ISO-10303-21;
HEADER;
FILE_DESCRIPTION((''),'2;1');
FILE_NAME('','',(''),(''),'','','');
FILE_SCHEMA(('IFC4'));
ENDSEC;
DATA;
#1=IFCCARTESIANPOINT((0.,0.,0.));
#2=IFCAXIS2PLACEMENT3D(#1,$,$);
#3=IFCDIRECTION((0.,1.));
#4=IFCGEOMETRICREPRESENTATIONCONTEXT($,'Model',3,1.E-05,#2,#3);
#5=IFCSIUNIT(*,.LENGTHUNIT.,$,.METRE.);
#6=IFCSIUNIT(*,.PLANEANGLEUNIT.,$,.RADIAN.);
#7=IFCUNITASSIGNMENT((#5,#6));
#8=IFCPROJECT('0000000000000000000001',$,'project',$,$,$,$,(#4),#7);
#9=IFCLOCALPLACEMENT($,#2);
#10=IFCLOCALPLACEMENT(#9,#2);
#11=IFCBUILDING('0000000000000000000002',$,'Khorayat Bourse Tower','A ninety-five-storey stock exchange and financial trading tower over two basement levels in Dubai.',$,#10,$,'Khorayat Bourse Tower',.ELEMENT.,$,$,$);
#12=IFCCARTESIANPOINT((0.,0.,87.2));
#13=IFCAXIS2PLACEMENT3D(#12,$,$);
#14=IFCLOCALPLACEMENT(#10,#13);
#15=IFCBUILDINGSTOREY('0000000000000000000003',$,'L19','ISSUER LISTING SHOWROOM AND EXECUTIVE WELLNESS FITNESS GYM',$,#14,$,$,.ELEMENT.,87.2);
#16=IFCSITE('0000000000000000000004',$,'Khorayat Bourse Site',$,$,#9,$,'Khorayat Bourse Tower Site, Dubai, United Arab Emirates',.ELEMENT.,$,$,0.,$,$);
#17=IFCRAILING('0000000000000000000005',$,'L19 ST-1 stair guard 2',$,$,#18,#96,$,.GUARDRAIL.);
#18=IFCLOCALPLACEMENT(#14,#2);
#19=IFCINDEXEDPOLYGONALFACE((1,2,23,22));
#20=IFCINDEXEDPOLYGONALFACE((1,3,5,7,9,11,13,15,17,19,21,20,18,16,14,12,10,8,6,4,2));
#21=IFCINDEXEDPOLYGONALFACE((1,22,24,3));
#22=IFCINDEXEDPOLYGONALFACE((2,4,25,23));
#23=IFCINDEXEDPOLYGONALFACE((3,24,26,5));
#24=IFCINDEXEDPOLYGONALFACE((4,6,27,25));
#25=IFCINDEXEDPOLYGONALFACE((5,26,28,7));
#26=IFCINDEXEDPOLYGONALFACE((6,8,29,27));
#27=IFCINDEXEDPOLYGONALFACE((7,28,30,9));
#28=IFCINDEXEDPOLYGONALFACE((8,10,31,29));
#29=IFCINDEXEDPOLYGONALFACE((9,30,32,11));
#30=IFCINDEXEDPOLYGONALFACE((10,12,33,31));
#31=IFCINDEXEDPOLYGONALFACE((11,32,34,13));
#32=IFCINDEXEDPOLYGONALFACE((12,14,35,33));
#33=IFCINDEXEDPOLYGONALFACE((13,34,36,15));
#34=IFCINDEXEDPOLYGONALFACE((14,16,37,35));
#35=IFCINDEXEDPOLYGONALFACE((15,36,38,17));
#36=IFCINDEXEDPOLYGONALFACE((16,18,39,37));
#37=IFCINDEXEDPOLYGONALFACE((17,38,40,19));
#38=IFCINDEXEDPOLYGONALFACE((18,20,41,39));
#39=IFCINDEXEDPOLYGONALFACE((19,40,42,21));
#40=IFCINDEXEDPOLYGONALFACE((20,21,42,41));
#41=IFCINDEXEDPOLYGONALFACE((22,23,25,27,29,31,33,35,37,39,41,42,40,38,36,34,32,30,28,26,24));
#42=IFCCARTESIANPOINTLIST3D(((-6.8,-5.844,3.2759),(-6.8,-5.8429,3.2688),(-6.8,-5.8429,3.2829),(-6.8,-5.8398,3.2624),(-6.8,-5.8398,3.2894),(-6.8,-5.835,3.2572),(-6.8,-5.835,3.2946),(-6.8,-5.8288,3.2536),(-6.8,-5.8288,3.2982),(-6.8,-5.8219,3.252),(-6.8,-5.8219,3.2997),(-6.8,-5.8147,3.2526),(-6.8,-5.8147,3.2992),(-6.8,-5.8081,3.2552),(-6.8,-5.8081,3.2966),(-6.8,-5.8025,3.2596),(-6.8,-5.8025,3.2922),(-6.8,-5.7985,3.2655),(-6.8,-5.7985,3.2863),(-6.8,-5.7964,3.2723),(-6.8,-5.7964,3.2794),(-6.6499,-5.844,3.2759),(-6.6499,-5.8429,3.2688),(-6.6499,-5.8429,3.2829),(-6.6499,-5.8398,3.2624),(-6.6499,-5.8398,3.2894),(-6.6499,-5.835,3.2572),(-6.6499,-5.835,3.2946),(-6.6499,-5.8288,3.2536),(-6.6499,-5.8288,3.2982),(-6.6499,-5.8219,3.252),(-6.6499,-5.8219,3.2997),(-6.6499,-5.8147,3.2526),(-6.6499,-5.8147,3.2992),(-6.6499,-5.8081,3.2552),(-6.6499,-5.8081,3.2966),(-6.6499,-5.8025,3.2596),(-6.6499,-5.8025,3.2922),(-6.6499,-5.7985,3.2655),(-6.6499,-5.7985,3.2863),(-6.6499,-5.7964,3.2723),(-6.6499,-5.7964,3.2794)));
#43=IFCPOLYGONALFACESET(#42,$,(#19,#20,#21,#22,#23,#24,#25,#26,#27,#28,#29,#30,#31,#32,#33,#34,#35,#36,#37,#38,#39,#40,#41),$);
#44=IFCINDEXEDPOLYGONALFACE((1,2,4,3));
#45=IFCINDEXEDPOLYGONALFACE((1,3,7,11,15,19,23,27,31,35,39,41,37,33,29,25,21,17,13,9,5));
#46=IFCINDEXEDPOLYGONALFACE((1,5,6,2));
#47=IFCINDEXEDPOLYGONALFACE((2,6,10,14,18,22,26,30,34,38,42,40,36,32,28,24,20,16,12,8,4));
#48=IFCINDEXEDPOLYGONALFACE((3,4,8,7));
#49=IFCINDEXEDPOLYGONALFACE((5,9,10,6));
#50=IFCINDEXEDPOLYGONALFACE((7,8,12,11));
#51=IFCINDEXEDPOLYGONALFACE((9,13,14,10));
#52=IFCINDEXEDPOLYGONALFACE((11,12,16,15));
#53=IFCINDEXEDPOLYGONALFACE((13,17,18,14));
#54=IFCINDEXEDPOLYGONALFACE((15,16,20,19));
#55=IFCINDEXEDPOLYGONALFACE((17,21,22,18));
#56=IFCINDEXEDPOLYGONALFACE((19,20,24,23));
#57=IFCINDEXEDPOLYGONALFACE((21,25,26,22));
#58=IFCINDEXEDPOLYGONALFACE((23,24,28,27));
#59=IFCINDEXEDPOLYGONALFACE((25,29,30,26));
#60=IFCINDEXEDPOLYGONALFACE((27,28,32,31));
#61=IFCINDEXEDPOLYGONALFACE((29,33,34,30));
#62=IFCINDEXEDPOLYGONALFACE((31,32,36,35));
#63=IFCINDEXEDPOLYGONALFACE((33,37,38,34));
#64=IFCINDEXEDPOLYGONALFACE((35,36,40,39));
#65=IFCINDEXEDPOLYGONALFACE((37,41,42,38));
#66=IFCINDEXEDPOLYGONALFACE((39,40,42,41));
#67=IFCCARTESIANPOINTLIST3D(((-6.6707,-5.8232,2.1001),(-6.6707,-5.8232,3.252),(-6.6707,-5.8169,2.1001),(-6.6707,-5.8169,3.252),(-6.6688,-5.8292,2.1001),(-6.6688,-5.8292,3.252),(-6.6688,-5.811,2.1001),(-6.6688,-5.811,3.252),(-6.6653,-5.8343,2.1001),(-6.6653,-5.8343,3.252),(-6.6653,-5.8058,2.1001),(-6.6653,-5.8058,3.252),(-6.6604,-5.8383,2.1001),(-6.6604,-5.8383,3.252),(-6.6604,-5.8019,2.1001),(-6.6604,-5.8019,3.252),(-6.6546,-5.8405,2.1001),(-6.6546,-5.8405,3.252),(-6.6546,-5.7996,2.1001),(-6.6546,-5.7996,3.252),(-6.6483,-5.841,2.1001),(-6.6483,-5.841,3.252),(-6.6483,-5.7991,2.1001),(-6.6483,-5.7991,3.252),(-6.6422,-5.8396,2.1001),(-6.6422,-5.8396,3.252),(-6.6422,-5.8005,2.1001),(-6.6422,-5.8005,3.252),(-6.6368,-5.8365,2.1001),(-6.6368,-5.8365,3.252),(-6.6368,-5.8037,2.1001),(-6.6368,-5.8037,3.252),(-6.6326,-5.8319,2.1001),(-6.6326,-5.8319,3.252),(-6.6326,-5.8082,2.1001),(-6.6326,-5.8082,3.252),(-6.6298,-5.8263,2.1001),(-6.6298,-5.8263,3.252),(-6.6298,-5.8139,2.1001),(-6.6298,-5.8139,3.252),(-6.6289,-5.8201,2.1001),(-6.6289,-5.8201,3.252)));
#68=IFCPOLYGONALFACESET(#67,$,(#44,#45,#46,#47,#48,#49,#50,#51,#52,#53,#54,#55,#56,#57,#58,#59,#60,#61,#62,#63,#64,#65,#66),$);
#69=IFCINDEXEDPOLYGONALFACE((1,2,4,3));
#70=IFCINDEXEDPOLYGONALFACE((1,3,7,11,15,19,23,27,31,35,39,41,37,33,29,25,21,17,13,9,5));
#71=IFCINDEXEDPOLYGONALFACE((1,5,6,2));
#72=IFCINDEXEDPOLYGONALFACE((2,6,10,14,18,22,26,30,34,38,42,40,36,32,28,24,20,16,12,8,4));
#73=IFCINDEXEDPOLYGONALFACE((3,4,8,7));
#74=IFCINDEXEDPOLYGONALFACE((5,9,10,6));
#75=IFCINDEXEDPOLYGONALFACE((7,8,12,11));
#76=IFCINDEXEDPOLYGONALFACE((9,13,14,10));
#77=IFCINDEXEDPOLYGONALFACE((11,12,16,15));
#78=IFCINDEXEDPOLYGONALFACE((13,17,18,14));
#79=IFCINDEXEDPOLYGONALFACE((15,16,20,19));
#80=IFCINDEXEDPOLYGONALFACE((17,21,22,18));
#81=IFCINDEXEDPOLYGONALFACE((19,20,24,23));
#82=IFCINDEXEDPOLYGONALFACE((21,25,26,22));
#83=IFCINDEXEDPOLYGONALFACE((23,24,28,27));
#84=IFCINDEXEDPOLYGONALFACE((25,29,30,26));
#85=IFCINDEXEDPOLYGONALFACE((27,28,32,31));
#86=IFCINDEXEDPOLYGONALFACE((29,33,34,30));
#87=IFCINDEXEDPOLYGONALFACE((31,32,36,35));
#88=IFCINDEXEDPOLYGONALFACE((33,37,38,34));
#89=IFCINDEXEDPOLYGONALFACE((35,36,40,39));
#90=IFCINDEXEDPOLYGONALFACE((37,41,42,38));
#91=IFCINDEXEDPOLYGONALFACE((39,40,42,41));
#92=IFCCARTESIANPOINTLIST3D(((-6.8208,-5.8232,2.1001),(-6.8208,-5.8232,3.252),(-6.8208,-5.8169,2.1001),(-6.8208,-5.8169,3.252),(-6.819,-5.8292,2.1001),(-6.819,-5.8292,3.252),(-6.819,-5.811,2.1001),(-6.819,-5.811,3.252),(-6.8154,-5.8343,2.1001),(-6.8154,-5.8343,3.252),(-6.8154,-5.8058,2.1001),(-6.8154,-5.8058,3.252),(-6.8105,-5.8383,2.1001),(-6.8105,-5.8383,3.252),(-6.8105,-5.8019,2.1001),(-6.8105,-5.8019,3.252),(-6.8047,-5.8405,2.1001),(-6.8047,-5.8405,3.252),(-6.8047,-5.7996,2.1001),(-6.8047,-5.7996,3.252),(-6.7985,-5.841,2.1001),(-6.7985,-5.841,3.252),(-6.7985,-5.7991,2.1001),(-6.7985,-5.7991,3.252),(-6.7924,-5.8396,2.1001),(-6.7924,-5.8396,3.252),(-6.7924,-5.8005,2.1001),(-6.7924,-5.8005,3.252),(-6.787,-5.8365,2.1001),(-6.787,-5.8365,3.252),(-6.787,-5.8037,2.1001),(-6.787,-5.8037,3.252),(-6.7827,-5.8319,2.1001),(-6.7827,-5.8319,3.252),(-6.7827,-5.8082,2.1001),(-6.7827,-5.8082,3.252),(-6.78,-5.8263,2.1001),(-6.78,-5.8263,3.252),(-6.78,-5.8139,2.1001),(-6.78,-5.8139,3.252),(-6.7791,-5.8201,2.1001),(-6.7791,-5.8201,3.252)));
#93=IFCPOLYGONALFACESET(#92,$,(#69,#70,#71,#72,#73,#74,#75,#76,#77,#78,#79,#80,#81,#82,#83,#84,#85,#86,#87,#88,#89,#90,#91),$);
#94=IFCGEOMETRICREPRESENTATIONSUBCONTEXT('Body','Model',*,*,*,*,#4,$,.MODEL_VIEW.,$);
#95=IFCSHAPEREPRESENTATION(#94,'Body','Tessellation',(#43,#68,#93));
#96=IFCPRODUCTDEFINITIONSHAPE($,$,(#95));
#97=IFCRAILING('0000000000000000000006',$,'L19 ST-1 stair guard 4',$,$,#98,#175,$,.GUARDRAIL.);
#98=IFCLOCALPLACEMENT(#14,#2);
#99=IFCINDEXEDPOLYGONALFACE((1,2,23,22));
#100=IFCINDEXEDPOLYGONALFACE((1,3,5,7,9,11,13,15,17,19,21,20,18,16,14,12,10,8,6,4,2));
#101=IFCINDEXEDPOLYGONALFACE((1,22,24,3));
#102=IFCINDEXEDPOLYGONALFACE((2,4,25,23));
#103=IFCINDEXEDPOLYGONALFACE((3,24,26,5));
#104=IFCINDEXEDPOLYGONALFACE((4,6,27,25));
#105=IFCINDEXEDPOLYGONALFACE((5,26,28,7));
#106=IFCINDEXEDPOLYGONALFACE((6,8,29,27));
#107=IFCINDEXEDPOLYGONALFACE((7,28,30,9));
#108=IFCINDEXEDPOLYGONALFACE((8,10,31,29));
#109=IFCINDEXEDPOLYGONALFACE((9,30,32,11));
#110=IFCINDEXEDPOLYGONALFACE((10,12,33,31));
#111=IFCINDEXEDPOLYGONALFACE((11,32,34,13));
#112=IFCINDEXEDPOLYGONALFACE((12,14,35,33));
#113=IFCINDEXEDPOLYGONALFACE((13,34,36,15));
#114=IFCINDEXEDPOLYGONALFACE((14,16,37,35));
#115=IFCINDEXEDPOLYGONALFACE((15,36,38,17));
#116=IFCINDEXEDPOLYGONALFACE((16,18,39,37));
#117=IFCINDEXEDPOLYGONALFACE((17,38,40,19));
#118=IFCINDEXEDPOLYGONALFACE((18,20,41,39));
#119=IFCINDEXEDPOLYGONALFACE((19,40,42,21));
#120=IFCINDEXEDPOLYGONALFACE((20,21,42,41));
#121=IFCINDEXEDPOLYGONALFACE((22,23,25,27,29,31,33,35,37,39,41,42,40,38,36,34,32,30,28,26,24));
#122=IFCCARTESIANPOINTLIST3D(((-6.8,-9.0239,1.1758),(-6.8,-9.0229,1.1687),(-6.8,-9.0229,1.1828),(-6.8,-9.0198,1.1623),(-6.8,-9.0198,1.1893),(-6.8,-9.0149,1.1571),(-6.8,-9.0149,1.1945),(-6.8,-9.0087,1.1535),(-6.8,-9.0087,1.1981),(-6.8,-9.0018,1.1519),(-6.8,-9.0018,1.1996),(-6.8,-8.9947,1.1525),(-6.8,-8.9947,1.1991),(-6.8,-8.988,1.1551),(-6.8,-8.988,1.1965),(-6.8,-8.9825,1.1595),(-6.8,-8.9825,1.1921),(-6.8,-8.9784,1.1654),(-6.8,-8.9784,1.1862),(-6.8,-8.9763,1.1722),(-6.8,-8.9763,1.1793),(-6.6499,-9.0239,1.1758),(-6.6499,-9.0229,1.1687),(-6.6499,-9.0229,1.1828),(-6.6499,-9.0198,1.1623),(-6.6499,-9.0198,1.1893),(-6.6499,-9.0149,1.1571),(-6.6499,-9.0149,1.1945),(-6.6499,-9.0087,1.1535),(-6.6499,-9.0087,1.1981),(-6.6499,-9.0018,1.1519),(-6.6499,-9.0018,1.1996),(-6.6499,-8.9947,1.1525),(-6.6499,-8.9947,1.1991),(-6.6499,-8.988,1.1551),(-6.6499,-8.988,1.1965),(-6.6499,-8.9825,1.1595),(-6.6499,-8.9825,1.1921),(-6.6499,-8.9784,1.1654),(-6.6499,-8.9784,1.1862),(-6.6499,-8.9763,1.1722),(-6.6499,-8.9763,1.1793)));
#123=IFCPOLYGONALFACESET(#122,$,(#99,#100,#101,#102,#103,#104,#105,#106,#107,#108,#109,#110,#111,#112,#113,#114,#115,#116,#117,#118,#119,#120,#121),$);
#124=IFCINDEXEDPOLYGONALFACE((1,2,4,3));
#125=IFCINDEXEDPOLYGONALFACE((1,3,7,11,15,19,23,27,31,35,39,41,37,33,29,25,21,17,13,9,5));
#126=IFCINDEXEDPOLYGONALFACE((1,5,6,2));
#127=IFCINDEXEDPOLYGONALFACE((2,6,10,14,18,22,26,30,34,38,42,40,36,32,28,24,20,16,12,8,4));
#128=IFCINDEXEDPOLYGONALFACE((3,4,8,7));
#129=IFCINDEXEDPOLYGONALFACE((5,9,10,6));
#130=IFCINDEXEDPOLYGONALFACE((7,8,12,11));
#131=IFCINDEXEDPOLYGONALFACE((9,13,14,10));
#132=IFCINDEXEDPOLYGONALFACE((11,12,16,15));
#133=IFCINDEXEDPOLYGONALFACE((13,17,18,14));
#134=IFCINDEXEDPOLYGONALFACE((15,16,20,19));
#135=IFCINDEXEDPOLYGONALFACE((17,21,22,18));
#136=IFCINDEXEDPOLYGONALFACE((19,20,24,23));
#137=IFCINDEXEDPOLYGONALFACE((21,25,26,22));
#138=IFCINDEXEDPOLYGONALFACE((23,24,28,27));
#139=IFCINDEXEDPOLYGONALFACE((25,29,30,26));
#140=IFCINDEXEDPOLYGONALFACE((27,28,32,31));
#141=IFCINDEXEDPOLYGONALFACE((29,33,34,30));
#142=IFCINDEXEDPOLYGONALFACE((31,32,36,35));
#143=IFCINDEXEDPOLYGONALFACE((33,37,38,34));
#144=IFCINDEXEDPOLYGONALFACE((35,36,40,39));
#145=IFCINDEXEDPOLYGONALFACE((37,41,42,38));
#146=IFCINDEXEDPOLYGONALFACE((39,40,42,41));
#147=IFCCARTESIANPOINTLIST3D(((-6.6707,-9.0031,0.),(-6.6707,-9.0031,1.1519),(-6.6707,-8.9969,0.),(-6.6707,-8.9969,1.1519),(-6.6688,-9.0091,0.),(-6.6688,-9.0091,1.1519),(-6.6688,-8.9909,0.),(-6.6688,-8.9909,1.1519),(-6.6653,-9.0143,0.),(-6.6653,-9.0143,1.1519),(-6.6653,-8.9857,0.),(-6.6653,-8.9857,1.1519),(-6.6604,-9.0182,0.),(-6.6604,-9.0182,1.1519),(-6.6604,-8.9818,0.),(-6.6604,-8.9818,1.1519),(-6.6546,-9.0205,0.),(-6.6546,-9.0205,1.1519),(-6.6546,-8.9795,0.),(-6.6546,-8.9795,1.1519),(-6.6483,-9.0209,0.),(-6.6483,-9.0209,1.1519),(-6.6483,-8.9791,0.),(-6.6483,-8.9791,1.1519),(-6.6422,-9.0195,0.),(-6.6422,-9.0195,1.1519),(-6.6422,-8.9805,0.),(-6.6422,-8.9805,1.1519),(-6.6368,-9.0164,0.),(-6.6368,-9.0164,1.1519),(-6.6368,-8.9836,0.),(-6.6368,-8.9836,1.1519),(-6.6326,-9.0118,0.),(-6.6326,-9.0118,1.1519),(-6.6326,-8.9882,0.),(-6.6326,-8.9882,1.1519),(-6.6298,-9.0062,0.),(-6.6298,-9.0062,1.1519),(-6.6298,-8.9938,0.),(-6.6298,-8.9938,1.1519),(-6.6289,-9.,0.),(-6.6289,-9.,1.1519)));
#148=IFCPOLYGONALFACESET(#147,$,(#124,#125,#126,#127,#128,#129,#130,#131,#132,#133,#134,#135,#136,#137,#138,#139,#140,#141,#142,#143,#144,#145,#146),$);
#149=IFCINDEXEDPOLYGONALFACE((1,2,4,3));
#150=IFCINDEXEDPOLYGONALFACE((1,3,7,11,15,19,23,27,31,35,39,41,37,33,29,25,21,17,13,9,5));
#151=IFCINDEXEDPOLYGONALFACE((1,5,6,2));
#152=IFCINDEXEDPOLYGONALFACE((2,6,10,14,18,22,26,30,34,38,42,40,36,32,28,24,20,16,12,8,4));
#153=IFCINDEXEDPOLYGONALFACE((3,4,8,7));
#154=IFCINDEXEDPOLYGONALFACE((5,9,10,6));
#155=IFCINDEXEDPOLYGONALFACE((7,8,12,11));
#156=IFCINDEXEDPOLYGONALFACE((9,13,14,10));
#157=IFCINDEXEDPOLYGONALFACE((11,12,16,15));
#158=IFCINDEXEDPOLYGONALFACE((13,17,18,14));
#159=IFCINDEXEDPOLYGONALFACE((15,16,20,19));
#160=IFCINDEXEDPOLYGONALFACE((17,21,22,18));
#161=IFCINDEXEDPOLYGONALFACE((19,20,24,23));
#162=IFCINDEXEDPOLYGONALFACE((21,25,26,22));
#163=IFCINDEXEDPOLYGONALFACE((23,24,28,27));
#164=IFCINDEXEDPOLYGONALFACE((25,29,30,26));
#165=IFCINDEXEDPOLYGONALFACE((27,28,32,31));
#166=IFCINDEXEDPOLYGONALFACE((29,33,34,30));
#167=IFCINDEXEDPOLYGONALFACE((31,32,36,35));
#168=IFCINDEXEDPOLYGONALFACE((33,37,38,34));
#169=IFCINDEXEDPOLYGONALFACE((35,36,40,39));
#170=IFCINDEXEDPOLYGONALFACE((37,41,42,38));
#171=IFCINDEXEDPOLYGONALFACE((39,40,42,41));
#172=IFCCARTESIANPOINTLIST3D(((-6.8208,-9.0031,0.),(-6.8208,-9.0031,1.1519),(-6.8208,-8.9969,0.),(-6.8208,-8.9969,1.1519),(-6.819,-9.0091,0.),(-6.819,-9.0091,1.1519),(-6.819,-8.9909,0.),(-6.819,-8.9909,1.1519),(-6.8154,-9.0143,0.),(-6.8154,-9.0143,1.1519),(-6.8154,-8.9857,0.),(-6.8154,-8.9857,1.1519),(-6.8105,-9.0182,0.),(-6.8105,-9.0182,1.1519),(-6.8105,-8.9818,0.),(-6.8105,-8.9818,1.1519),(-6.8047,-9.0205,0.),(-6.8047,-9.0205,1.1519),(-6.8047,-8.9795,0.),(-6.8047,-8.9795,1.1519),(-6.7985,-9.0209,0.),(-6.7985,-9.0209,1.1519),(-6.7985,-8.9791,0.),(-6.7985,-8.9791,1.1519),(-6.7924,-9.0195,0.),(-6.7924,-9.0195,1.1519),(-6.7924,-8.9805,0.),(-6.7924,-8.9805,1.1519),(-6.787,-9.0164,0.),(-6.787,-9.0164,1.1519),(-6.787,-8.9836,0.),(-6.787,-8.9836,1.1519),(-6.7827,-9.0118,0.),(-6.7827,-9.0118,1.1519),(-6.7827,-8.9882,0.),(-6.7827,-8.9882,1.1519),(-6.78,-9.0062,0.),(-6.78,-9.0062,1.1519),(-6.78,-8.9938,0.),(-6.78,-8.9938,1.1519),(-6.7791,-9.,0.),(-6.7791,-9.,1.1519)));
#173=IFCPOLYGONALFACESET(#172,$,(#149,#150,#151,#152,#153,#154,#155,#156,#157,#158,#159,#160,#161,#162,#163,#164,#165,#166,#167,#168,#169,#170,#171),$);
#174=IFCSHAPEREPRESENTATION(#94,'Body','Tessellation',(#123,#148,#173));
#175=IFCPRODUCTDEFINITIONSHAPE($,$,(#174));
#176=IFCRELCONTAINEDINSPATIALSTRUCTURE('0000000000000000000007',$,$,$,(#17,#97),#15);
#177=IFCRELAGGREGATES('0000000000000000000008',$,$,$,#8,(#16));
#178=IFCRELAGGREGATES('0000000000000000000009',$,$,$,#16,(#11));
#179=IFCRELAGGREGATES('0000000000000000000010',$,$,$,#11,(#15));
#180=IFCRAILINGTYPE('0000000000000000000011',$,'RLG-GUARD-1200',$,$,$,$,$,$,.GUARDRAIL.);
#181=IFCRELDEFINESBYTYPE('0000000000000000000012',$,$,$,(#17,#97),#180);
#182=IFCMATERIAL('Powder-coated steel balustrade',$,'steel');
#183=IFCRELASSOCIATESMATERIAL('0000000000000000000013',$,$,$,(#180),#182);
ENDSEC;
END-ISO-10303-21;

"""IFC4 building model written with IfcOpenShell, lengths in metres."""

from ifc_helpers import new_model, si_unit, direction, frame, origin, origin_2d, place, context, subcontext, project, spatial, circle, extrude, source, transform, mapped, material, type_object, element, save


model = new_model("IFC4")

# Units and contexts
model_context = context("Model", 3, precision=1e-05, world=origin(), true_north=direction((0.0, 1.0)))
body_context = subcontext(model_context, "Body", "Model", "MODEL_VIEW")
ifc_project = project(units=[si_unit("LENGTHUNIT", "METRE"), si_unit("PLANEANGLEUNIT", "RADIAN")], contexts=[model_context])

# Site, building, storey
site_placement = place(None, origin())
site = spatial("IfcSite", under=ifc_project, at=site_placement, Name="Khorayat Bourse Site", LongName="Khorayat Bourse Tower Site, Dubai, United Arab Emirates", CompositionType="ELEMENT", RefElevation=0.0)
building_placement = place(site_placement, origin())
building = spatial("IfcBuilding", under=site, at=building_placement, Name="Khorayat Bourse Tower", Description="A ninety-five-storey stock exchange and financial trading tower over two basement levels in Dubai.", LongName="Khorayat Bourse Tower", CompositionType="ELEMENT")
storey_placement = place(building_placement, frame((0.0, 0.0, 87.2)))
storey = spatial("IfcBuildingStorey", under=building, at=storey_placement, Name="L19", Description="ISSUER LISTING SHOWROOM AND EXECUTIVE WELLNESS FITNESS GYM", CompositionType="ELEMENT", Elevation=87.2)

# Railings
ifc_material_1 = material(Name="Powder-coated steel balustrade", Category="steel")
railing_type_1 = type_object("IfcRailingType", Name="RLG-GUARD-1200", PredefinedType="GUARDRAIL", material=ifc_material_1)
shared_shape_1 = source(origin(), body_context, "Body", "SweptSolid", [
    extrude(circle(Radius=0.0239, at=origin_2d()), frame((0.0, 0.0, 1.1758), z_axis=(-1.0, 0.0, 0.0), x_axis=(0.0, -1.0, 0.0)), (0.0, 0.0, 1.0), 0.1501),
    extrude(circle(Radius=0.021, at=origin_2d()), origin(), (0.0, 0.0, 1.0), 1.1519),
    extrude(circle(Radius=0.021, at=origin_2d()), frame((-0.1501, 0.0, 0.0)), (0.0, 0.0, 1.0), 1.1519),
])
for number, where, name in (
    (1, (-6.6499, -5.8201, 2.1001), "L19 ST-1 stair guard 2"),
    (2, (-6.6499, -9.0, 0.0), "L19 ST-1 stair guard 4"),
):
    element("IfcRailing", number, at=place(storey_placement, frame(where)), inside=storey, type_object=railing_type_1, Name=name, PredefinedType="GUARDRAIL", context=body_context, shape_type="MappedRepresentation", body=[
        mapped(shared_shape_1, transform((0.0, 0.0, 0.0), scale=1.0)),
    ])

save(model, "model.ifc")
